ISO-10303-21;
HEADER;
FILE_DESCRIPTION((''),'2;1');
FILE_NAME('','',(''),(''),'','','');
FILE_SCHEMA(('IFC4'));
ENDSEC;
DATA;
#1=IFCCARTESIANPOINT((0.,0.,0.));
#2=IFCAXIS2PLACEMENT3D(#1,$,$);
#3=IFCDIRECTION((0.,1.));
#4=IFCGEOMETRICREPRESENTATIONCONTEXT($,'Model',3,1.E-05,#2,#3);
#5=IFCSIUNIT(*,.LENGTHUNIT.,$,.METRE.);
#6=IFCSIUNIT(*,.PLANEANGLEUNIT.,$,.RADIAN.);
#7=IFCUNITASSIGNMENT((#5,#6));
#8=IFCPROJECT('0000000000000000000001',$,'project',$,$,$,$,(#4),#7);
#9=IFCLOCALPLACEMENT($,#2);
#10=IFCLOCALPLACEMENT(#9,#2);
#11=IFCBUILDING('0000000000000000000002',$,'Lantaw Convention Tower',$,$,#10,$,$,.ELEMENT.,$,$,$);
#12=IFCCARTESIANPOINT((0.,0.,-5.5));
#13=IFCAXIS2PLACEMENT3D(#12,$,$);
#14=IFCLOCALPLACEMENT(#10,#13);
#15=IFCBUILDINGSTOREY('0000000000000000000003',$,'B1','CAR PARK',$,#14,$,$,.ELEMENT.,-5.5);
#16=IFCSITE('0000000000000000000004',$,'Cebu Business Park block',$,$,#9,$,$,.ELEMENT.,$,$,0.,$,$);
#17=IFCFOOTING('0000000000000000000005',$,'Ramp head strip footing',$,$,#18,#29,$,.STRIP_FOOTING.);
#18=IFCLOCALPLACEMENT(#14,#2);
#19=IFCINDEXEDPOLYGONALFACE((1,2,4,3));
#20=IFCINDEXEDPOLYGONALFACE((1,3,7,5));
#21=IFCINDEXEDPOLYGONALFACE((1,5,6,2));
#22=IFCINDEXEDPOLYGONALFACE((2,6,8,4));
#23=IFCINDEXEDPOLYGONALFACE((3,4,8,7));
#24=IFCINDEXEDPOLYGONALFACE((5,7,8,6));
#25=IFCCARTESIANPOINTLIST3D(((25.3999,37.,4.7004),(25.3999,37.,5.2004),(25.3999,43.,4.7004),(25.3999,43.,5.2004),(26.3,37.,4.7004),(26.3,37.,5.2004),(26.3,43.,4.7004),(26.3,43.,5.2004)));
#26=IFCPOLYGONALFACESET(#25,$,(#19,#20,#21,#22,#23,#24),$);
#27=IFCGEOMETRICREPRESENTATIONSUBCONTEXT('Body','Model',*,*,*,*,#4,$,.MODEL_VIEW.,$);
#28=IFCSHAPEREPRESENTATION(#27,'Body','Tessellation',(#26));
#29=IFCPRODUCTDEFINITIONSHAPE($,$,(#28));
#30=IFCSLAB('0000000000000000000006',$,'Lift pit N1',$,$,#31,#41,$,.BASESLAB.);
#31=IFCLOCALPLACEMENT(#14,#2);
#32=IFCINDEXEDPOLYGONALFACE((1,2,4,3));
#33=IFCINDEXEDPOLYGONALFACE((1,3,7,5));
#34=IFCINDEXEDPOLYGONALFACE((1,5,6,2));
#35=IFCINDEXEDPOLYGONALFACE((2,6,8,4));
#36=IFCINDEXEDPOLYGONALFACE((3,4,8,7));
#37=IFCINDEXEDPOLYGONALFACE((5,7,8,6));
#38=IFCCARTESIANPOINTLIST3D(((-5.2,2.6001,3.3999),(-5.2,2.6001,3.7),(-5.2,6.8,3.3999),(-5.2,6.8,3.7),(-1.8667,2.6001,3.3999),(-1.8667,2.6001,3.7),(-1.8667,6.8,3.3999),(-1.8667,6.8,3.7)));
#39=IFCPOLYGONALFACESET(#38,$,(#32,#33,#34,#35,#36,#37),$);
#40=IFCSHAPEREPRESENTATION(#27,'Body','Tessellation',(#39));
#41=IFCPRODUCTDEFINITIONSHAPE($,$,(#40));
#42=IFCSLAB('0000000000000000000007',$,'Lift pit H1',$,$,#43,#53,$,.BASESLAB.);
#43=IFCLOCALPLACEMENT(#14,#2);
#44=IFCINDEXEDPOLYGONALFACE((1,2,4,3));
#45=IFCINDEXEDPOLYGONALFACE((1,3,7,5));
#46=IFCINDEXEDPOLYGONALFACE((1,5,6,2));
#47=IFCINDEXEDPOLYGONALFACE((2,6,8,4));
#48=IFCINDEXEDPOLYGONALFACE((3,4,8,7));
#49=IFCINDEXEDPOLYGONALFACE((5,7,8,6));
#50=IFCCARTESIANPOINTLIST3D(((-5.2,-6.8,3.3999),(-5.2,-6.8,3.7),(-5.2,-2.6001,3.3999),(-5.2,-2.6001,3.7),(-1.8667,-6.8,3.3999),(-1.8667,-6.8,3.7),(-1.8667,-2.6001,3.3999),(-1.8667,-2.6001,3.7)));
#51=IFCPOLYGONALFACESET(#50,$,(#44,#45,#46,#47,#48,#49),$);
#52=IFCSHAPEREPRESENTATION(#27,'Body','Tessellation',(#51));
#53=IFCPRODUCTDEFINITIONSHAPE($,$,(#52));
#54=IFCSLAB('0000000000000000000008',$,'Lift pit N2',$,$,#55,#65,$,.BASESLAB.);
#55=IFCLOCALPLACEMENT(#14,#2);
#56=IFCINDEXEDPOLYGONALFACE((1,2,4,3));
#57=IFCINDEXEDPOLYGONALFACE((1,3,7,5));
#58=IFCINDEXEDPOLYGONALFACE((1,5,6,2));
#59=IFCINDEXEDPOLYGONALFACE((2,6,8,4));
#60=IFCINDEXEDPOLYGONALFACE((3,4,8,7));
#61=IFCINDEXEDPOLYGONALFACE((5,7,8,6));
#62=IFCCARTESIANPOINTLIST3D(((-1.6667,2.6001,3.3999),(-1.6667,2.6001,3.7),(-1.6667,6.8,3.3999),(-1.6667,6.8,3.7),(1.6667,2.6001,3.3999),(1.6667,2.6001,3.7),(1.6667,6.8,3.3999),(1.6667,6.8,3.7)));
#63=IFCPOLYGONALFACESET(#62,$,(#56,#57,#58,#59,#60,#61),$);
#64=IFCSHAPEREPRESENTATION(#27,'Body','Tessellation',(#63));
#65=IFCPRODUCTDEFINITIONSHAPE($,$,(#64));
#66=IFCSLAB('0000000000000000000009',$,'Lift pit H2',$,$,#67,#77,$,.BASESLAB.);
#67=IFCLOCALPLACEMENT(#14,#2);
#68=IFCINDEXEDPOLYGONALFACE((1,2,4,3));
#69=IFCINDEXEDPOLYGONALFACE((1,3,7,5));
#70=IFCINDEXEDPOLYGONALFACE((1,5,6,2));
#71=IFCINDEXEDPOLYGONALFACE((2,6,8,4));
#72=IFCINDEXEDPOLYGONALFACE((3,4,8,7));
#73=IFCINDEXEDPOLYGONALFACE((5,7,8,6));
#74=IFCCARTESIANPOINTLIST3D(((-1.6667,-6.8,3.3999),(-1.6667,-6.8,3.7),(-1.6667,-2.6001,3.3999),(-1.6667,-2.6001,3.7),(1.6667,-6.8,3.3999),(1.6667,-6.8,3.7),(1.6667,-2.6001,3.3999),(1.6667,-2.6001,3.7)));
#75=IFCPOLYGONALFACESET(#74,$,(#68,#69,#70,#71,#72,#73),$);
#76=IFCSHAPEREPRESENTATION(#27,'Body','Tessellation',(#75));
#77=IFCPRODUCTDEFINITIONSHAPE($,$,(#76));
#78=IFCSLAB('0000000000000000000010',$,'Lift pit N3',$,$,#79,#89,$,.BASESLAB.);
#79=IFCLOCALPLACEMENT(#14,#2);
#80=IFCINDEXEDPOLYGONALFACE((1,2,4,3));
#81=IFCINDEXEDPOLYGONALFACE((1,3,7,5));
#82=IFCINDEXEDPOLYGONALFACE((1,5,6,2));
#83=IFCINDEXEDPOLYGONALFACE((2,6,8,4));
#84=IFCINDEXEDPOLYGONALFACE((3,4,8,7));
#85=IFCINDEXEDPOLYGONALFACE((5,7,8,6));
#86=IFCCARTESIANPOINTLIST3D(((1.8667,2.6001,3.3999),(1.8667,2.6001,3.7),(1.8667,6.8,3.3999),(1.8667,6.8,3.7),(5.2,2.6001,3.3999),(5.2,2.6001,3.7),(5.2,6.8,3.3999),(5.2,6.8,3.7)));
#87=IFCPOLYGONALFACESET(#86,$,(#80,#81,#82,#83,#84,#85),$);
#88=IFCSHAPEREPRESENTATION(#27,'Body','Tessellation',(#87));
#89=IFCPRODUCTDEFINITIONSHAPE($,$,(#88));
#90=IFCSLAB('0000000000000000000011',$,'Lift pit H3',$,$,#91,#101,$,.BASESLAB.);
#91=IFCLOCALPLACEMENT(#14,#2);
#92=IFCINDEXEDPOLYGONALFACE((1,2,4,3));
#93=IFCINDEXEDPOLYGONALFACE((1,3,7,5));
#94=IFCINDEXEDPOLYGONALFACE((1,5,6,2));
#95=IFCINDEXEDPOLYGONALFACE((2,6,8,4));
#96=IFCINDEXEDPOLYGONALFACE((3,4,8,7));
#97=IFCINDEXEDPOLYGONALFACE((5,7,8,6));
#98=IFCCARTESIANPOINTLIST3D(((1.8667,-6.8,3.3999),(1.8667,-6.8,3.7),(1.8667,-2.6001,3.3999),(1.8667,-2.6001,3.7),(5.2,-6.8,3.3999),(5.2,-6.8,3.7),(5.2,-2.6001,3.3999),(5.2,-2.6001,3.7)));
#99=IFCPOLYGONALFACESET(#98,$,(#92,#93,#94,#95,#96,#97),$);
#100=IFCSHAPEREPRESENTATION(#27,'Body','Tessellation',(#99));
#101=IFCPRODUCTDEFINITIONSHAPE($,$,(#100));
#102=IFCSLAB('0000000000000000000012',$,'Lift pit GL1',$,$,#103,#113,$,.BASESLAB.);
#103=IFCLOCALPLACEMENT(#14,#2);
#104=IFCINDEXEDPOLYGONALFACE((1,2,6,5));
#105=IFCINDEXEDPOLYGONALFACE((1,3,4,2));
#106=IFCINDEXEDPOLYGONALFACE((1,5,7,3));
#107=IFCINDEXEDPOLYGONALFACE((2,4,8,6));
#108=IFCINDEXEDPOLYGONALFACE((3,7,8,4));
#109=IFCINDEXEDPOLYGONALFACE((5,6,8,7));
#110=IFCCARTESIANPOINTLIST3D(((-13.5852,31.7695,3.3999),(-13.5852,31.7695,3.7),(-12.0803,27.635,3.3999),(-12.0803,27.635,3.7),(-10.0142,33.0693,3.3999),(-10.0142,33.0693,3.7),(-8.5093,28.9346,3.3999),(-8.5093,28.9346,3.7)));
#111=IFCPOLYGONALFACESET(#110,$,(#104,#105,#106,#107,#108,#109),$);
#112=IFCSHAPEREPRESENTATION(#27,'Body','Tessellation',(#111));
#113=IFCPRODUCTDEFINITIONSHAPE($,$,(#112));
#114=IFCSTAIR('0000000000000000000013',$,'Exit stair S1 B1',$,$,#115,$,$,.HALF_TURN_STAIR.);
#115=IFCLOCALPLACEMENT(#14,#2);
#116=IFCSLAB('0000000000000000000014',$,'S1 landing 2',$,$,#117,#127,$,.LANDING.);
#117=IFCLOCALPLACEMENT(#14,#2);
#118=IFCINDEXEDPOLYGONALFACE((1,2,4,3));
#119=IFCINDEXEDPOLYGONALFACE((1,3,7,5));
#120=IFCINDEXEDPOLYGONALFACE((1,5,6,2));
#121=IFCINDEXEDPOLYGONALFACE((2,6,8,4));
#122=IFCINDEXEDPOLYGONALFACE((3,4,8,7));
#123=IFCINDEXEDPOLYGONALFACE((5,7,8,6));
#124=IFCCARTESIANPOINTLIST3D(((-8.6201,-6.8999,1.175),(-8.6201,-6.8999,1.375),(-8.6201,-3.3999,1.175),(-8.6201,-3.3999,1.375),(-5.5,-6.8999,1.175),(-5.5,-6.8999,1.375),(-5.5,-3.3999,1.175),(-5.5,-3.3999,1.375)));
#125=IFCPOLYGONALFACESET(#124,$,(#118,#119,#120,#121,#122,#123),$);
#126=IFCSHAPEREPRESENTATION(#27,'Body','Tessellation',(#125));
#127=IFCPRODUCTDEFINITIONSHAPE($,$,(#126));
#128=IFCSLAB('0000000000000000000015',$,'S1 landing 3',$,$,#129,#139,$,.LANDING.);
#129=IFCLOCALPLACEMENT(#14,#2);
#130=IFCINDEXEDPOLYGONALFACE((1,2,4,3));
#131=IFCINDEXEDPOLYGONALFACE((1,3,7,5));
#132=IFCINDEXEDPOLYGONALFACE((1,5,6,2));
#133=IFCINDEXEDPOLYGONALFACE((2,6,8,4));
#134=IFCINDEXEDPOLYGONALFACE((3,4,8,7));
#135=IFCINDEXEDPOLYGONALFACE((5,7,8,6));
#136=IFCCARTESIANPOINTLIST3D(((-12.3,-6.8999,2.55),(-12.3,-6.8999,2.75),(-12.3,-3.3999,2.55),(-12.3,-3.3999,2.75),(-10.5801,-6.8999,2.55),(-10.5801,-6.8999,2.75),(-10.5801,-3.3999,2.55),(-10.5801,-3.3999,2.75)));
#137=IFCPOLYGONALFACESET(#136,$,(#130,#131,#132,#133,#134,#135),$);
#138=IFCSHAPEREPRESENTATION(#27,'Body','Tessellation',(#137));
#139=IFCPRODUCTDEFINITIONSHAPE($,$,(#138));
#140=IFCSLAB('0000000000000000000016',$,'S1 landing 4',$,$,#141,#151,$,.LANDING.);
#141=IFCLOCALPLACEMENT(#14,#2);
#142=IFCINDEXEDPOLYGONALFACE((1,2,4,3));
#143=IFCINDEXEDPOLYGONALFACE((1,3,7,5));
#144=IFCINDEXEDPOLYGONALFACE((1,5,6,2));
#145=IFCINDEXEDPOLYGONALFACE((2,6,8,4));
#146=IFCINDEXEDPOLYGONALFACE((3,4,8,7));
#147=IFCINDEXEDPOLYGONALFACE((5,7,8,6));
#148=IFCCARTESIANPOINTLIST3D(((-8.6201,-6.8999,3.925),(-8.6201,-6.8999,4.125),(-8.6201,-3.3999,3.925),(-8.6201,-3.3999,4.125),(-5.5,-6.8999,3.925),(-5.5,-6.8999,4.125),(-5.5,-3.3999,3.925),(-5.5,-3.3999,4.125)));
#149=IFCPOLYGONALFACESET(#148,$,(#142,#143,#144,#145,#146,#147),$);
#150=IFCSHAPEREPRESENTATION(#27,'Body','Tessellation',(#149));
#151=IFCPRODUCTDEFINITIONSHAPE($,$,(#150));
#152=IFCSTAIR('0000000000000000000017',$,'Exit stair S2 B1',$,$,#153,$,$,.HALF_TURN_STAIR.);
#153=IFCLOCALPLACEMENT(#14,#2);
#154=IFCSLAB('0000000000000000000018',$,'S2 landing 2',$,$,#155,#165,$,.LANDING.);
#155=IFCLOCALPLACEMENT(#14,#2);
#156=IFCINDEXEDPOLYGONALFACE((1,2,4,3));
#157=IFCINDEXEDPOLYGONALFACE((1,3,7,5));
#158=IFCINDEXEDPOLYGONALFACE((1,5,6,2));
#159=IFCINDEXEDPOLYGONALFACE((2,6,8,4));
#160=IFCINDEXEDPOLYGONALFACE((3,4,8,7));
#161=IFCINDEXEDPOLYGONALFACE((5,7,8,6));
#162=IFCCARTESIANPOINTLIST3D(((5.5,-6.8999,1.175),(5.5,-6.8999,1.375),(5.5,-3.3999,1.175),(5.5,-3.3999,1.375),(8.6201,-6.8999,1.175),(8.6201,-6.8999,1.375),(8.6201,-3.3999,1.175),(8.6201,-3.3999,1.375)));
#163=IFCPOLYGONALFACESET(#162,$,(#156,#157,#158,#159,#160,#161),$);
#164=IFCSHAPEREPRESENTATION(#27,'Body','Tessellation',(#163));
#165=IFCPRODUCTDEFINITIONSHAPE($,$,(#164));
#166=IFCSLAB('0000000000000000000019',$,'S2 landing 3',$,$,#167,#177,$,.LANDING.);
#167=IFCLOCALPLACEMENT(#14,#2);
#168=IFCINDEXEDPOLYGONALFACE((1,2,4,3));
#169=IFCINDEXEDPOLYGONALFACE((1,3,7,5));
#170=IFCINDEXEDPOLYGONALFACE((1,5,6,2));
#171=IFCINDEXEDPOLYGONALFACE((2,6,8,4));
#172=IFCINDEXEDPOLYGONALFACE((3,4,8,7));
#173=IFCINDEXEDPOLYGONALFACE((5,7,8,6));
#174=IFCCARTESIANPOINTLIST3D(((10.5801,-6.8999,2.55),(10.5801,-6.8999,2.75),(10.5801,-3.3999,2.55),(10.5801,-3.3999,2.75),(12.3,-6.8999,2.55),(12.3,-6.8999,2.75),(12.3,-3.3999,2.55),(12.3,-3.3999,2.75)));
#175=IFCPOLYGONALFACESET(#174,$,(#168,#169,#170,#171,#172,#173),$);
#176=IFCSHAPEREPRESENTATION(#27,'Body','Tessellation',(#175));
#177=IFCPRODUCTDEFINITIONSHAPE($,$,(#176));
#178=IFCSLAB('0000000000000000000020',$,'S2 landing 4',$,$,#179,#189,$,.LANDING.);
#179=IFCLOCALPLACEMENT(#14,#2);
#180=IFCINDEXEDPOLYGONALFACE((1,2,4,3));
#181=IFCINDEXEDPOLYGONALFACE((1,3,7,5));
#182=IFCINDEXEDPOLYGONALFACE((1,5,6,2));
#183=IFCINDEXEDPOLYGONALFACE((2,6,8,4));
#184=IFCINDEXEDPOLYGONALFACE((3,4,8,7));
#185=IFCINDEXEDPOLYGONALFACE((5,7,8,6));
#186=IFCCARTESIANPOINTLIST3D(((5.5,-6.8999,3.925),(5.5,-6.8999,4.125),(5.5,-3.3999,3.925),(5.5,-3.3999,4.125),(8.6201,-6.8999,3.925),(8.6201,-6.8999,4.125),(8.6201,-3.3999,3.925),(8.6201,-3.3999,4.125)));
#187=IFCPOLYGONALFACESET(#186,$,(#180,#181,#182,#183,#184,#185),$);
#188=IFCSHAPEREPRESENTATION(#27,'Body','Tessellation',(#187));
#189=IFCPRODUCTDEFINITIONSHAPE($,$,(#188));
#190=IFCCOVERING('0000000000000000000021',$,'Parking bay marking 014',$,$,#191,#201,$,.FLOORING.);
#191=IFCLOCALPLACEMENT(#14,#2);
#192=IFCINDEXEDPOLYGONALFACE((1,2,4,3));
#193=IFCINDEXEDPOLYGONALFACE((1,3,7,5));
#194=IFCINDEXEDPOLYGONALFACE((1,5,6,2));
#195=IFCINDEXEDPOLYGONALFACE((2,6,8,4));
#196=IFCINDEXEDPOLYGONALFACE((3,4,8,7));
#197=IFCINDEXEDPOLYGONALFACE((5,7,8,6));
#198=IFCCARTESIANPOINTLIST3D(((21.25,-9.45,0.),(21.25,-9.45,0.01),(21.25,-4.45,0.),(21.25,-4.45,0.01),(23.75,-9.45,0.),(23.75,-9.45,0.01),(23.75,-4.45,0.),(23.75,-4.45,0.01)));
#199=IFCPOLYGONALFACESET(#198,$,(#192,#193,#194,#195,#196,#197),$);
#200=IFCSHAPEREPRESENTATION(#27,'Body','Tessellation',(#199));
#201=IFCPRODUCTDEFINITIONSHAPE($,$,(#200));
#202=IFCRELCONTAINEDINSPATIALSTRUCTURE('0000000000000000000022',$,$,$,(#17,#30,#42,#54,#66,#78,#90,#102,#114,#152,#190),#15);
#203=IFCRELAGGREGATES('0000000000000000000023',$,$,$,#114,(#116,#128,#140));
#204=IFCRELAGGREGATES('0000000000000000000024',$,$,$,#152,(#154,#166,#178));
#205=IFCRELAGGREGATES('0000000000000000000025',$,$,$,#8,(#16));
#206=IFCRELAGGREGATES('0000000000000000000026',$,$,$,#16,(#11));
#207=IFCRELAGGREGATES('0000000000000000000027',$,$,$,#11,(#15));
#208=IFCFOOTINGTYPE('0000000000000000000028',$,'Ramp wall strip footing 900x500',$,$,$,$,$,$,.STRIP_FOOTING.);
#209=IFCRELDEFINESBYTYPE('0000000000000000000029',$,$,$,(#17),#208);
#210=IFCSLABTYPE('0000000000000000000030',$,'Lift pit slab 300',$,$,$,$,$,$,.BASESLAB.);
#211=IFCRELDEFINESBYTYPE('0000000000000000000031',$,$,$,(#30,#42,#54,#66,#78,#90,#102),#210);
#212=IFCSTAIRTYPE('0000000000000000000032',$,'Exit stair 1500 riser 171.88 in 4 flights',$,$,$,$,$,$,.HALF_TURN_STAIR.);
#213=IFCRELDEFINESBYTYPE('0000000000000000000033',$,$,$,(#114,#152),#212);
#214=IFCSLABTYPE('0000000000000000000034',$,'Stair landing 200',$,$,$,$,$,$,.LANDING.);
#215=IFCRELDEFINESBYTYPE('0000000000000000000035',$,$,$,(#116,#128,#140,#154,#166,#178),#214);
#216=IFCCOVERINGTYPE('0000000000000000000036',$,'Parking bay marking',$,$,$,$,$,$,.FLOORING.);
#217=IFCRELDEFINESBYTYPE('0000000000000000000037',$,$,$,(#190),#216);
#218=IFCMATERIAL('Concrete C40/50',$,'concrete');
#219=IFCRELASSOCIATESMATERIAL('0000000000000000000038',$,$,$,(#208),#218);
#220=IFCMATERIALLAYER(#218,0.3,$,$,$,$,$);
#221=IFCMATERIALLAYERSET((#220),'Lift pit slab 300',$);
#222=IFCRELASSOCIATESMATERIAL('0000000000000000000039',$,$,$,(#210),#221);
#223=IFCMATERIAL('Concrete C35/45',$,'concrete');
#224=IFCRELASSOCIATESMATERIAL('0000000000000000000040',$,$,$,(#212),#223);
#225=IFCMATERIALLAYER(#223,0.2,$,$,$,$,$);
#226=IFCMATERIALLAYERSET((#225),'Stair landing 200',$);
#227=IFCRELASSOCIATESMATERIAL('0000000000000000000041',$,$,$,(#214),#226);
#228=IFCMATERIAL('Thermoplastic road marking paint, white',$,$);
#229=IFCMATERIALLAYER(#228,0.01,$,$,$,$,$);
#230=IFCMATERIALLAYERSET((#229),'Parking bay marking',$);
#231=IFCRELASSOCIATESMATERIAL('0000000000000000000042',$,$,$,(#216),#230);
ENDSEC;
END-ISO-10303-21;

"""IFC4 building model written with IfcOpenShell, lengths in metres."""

from ifc_helpers import new_model, si_unit, direction, frame, origin, place, context, subcontext, project, spatial, polyline, outline, extrude, material, layer, layer_set, type_object, element, aggregate, save


model = new_model("IFC4")

# Units and contexts
model_context = context("Model", 3, precision=1e-05, world=origin(), true_north=direction((0.0, 1.0)))
body_context = subcontext(model_context, "Body", "Model", "MODEL_VIEW")
ifc_project = project(units=[si_unit("LENGTHUNIT", "METRE"), si_unit("PLANEANGLEUNIT", "RADIAN")], contexts=[model_context])

# Site, building, storey
site_placement = place(None, origin())
site = spatial("IfcSite", under=ifc_project, at=site_placement, Name="Cebu Business Park block", CompositionType="ELEMENT", RefElevation=0.0)
building_placement = place(site_placement, origin())
building = spatial("IfcBuilding", under=site, at=building_placement, Name="Lantaw Convention Tower", CompositionType="ELEMENT")
storey_placement = place(building_placement, frame((0.0, 0.0, -5.5)))
storey = spatial("IfcBuildingStorey", under=building, at=storey_placement, Name="B1", Description="CAR PARK", CompositionType="ELEMENT", Elevation=-5.5)

# Footing
ifc_material_1 = material(Name="Concrete C40/50", Category="concrete")
footing_type = type_object("IfcFootingType", Name="Ramp wall strip footing 900x500", PredefinedType="STRIP_FOOTING", material=ifc_material_1)
footing_placement = place(storey_placement, frame((0.0, 0.0, 4.7004)))
element("IfcFooting", 1, at=footing_placement, inside=storey, type_object=footing_type, Name="Ramp head strip footing", PredefinedType="STRIP_FOOTING", context=body_context, shape_type="SweptSolid", body=[
    extrude(outline(polyline([(25.3999, 37.0), (26.3, 37.0), (26.3, 43.0), (25.3999, 43.0), (25.3999, 37.0)])), origin(), (0.0, 0.0, 1.0), 0.5),
])

# Slabs
ifc_layer_1 = layer(ifc_material_1, 0.3)
ifc_layer_set_1 = layer_set([ifc_layer_1], Name="Lift pit slab 300")
slab_type_1 = type_object("IfcSlabType", Name="Lift pit slab 300", PredefinedType="BASESLAB", material=ifc_layer_set_1)
slab_1_placement = place(storey_placement, frame((0.0, 0.0, 3.3999)))
element("IfcSlab", 2, at=slab_1_placement, inside=storey, type_object=slab_type_1, Name="Lift pit N1", PredefinedType="BASESLAB", context=body_context, shape_type="SweptSolid", body=[
    extrude(outline(polyline([(-5.2, 2.6001), (-1.8667, 2.6001), (-1.8667, 6.8), (-5.2, 6.8), (-5.2, 2.6001)])), origin(), (0.0, 0.0, 1.0), 0.3),
])
slab_2_placement = place(storey_placement, frame((0.0, 0.0, 3.3999)))
element("IfcSlab", 3, at=slab_2_placement, inside=storey, type_object=slab_type_1, Name="Lift pit H1", PredefinedType="BASESLAB", context=body_context, shape_type="SweptSolid", body=[
    extrude(outline(polyline([(-5.2, -6.8), (-1.8667, -6.8), (-1.8667, -2.6001), (-5.2, -2.6001), (-5.2, -6.8)])), origin(), (0.0, 0.0, 1.0), 0.3),
])
slab_3_placement = place(storey_placement, frame((0.0, 0.0, 3.3999)))
element("IfcSlab", 4, at=slab_3_placement, inside=storey, type_object=slab_type_1, Name="Lift pit N2", PredefinedType="BASESLAB", context=body_context, shape_type="SweptSolid", body=[
    extrude(outline(polyline([(-1.6667, 2.6001), (1.6667, 2.6001), (1.6667, 6.8), (-1.6667, 6.8), (-1.6667, 2.6001)])), origin(), (0.0, 0.0, 1.0), 0.3),
])
slab_4_placement = place(storey_placement, frame((0.0, 0.0, 3.3999)))
element("IfcSlab", 5, at=slab_4_placement, inside=storey, type_object=slab_type_1, Name="Lift pit H2", PredefinedType="BASESLAB", context=body_context, shape_type="SweptSolid", body=[
    extrude(outline(polyline([(-1.6667, -6.8), (1.6667, -6.8), (1.6667, -2.6001), (-1.6667, -2.6001), (-1.6667, -6.8)])), origin(), (0.0, 0.0, 1.0), 0.3),
])
slab_5_placement = place(storey_placement, frame((0.0, 0.0, 3.3999)))
element("IfcSlab", 6, at=slab_5_placement, inside=storey, type_object=slab_type_1, Name="Lift pit N3", PredefinedType="BASESLAB", context=body_context, shape_type="SweptSolid", body=[
    extrude(outline(polyline([(1.8667, 2.6001), (5.2, 2.6001), (5.2, 6.8), (1.8667, 6.8), (1.8667, 2.6001)])), origin(), (0.0, 0.0, 1.0), 0.3),
])
slab_6_placement = place(storey_placement, frame((0.0, 0.0, 3.3999)))
element("IfcSlab", 7, at=slab_6_placement, inside=storey, type_object=slab_type_1, Name="Lift pit H3", PredefinedType="BASESLAB", context=body_context, shape_type="SweptSolid", body=[
    extrude(outline(polyline([(1.8667, -6.8), (5.2, -6.8), (5.2, -2.6001), (1.8667, -2.6001), (1.8667, -6.8)])), origin(), (0.0, 0.0, 1.0), 0.3),
])
slab_7_placement = place(storey_placement, frame((0.0, 0.0, 3.3999)))
element("IfcSlab", 8, at=slab_7_placement, inside=storey, type_object=slab_type_1, Name="Lift pit GL1", PredefinedType="BASESLAB", context=body_context, shape_type="SweptSolid", body=[
    extrude(outline(polyline([(-8.5093, 28.9346), (-10.0142, 33.0693), (-13.5852, 31.7695), (-12.0803, 27.635), (-8.5093, 28.9346)])), origin(), (0.0, 0.0, 1.0), 0.3),
])

# Stairs, slabs
ifc_material_2 = material(Name="Concrete C35/45", Category="concrete")
stair_type = type_object("IfcStairType", Name="Exit stair 1500 riser 171.88 in 4 flights", PredefinedType="HALF_TURN_STAIR", material=ifc_material_2)
stair_1_placement = place(storey_placement, origin())
stair_1 = element("IfcStair", 9, at=stair_1_placement, inside=storey, type_object=stair_type, Name="Exit stair S1 B1", PredefinedType="HALF_TURN_STAIR")
ifc_layer_2 = layer(ifc_material_2, 0.2)
ifc_layer_set_2 = layer_set([ifc_layer_2], Name="Stair landing 200")
slab_type_2 = type_object("IfcSlabType", Name="Stair landing 200", PredefinedType="LANDING", material=ifc_layer_set_2)
slab_8_placement = place(storey_placement, frame((0.0, 0.0, 1.175)))
slab_8 = element("IfcSlab", 10, at=slab_8_placement, type_object=slab_type_2, Name="S1 landing 2", PredefinedType="LANDING", context=body_context, shape_type="SweptSolid", body=[
    extrude(outline(polyline([(-8.6201, -6.8999), (-5.5, -6.8999), (-5.5, -3.3999), (-8.6201, -3.3999), (-8.6201, -6.8999)])), origin(), (0.0, 0.0, 1.0), 0.2),
])
slab_9_placement = place(storey_placement, frame((0.0, 0.0, 2.55)))
slab_9 = element("IfcSlab", 11, at=slab_9_placement, type_object=slab_type_2, Name="S1 landing 3", PredefinedType="LANDING", context=body_context, shape_type="SweptSolid", body=[
    extrude(outline(polyline([(-12.3, -6.8999), (-10.5801, -6.8999), (-10.5801, -3.3999), (-12.3, -3.3999), (-12.3, -6.8999)])), origin(), (0.0, 0.0, 1.0), 0.2),
])
slab_10_placement = place(storey_placement, frame((0.0, 0.0, 3.925)))
slab_10 = element("IfcSlab", 12, at=slab_10_placement, type_object=slab_type_2, Name="S1 landing 4", PredefinedType="LANDING", context=body_context, shape_type="SweptSolid", body=[
    extrude(outline(polyline([(-8.6201, -6.8999), (-5.5, -6.8999), (-5.5, -3.3999), (-8.6201, -3.3999), (-8.6201, -6.8999)])), origin(), (0.0, 0.0, 1.0), 0.2),
])
aggregate(stair_1, [slab_8, slab_9, slab_10])
stair_2_placement = place(storey_placement, origin())
stair_2 = element("IfcStair", 13, at=stair_2_placement, inside=storey, type_object=stair_type, Name="Exit stair S2 B1", PredefinedType="HALF_TURN_STAIR")
slab_11_placement = place(storey_placement, frame((0.0, 0.0, 1.175)))
slab_11 = element("IfcSlab", 14, at=slab_11_placement, type_object=slab_type_2, Name="S2 landing 2", PredefinedType="LANDING", context=body_context, shape_type="SweptSolid", body=[
    extrude(outline(polyline([(5.5, -6.8999), (8.6201, -6.8999), (8.6201, -3.3999), (5.5, -3.3999), (5.5, -6.8999)])), origin(), (0.0, 0.0, 1.0), 0.2),
])
slab_12_placement = place(storey_placement, frame((0.0, 0.0, 2.55)))
slab_12 = element("IfcSlab", 15, at=slab_12_placement, type_object=slab_type_2, Name="S2 landing 3", PredefinedType="LANDING", context=body_context, shape_type="SweptSolid", body=[
    extrude(outline(polyline([(10.5801, -6.8999), (12.3, -6.8999), (12.3, -3.3999), (10.5801, -3.3999), (10.5801, -6.8999)])), origin(), (0.0, 0.0, 1.0), 0.2),
])
slab_13_placement = place(storey_placement, frame((0.0, 0.0, 3.925)))
slab_13 = element("IfcSlab", 16, at=slab_13_placement, type_object=slab_type_2, Name="S2 landing 4", PredefinedType="LANDING", context=body_context, shape_type="SweptSolid", body=[
    extrude(outline(polyline([(5.5, -6.8999), (8.6201, -6.8999), (8.6201, -3.3999), (5.5, -3.3999), (5.5, -6.8999)])), origin(), (0.0, 0.0, 1.0), 0.2),
])
aggregate(stair_2, [slab_11, slab_12, slab_13])

# Covering
ifc_material_3 = material(Name="Thermoplastic road marking paint, white")
ifc_layer_3 = layer(ifc_material_3, 0.01)
ifc_layer_set_3 = layer_set([ifc_layer_3], Name="Parking bay marking")
covering_type = type_object("IfcCoveringType", Name="Parking bay marking", PredefinedType="FLOORING", material=ifc_layer_set_3)
covering_1_placement = place(storey_placement, origin())
element("IfcCovering", 17, at=covering_1_placement, inside=storey, type_object=covering_type, Name="Parking bay marking 014", PredefinedType="FLOORING", context=body_context, shape_type="SweptSolid", body=[
    extrude(outline(polyline([(21.25, -9.45), (23.75, -9.45), (23.75, -4.45), (21.25, -4.45), (21.25, -9.45)])), origin(), (0.0, 0.0, 1.0), 0.01),
])

save(model, "model.ifc")
